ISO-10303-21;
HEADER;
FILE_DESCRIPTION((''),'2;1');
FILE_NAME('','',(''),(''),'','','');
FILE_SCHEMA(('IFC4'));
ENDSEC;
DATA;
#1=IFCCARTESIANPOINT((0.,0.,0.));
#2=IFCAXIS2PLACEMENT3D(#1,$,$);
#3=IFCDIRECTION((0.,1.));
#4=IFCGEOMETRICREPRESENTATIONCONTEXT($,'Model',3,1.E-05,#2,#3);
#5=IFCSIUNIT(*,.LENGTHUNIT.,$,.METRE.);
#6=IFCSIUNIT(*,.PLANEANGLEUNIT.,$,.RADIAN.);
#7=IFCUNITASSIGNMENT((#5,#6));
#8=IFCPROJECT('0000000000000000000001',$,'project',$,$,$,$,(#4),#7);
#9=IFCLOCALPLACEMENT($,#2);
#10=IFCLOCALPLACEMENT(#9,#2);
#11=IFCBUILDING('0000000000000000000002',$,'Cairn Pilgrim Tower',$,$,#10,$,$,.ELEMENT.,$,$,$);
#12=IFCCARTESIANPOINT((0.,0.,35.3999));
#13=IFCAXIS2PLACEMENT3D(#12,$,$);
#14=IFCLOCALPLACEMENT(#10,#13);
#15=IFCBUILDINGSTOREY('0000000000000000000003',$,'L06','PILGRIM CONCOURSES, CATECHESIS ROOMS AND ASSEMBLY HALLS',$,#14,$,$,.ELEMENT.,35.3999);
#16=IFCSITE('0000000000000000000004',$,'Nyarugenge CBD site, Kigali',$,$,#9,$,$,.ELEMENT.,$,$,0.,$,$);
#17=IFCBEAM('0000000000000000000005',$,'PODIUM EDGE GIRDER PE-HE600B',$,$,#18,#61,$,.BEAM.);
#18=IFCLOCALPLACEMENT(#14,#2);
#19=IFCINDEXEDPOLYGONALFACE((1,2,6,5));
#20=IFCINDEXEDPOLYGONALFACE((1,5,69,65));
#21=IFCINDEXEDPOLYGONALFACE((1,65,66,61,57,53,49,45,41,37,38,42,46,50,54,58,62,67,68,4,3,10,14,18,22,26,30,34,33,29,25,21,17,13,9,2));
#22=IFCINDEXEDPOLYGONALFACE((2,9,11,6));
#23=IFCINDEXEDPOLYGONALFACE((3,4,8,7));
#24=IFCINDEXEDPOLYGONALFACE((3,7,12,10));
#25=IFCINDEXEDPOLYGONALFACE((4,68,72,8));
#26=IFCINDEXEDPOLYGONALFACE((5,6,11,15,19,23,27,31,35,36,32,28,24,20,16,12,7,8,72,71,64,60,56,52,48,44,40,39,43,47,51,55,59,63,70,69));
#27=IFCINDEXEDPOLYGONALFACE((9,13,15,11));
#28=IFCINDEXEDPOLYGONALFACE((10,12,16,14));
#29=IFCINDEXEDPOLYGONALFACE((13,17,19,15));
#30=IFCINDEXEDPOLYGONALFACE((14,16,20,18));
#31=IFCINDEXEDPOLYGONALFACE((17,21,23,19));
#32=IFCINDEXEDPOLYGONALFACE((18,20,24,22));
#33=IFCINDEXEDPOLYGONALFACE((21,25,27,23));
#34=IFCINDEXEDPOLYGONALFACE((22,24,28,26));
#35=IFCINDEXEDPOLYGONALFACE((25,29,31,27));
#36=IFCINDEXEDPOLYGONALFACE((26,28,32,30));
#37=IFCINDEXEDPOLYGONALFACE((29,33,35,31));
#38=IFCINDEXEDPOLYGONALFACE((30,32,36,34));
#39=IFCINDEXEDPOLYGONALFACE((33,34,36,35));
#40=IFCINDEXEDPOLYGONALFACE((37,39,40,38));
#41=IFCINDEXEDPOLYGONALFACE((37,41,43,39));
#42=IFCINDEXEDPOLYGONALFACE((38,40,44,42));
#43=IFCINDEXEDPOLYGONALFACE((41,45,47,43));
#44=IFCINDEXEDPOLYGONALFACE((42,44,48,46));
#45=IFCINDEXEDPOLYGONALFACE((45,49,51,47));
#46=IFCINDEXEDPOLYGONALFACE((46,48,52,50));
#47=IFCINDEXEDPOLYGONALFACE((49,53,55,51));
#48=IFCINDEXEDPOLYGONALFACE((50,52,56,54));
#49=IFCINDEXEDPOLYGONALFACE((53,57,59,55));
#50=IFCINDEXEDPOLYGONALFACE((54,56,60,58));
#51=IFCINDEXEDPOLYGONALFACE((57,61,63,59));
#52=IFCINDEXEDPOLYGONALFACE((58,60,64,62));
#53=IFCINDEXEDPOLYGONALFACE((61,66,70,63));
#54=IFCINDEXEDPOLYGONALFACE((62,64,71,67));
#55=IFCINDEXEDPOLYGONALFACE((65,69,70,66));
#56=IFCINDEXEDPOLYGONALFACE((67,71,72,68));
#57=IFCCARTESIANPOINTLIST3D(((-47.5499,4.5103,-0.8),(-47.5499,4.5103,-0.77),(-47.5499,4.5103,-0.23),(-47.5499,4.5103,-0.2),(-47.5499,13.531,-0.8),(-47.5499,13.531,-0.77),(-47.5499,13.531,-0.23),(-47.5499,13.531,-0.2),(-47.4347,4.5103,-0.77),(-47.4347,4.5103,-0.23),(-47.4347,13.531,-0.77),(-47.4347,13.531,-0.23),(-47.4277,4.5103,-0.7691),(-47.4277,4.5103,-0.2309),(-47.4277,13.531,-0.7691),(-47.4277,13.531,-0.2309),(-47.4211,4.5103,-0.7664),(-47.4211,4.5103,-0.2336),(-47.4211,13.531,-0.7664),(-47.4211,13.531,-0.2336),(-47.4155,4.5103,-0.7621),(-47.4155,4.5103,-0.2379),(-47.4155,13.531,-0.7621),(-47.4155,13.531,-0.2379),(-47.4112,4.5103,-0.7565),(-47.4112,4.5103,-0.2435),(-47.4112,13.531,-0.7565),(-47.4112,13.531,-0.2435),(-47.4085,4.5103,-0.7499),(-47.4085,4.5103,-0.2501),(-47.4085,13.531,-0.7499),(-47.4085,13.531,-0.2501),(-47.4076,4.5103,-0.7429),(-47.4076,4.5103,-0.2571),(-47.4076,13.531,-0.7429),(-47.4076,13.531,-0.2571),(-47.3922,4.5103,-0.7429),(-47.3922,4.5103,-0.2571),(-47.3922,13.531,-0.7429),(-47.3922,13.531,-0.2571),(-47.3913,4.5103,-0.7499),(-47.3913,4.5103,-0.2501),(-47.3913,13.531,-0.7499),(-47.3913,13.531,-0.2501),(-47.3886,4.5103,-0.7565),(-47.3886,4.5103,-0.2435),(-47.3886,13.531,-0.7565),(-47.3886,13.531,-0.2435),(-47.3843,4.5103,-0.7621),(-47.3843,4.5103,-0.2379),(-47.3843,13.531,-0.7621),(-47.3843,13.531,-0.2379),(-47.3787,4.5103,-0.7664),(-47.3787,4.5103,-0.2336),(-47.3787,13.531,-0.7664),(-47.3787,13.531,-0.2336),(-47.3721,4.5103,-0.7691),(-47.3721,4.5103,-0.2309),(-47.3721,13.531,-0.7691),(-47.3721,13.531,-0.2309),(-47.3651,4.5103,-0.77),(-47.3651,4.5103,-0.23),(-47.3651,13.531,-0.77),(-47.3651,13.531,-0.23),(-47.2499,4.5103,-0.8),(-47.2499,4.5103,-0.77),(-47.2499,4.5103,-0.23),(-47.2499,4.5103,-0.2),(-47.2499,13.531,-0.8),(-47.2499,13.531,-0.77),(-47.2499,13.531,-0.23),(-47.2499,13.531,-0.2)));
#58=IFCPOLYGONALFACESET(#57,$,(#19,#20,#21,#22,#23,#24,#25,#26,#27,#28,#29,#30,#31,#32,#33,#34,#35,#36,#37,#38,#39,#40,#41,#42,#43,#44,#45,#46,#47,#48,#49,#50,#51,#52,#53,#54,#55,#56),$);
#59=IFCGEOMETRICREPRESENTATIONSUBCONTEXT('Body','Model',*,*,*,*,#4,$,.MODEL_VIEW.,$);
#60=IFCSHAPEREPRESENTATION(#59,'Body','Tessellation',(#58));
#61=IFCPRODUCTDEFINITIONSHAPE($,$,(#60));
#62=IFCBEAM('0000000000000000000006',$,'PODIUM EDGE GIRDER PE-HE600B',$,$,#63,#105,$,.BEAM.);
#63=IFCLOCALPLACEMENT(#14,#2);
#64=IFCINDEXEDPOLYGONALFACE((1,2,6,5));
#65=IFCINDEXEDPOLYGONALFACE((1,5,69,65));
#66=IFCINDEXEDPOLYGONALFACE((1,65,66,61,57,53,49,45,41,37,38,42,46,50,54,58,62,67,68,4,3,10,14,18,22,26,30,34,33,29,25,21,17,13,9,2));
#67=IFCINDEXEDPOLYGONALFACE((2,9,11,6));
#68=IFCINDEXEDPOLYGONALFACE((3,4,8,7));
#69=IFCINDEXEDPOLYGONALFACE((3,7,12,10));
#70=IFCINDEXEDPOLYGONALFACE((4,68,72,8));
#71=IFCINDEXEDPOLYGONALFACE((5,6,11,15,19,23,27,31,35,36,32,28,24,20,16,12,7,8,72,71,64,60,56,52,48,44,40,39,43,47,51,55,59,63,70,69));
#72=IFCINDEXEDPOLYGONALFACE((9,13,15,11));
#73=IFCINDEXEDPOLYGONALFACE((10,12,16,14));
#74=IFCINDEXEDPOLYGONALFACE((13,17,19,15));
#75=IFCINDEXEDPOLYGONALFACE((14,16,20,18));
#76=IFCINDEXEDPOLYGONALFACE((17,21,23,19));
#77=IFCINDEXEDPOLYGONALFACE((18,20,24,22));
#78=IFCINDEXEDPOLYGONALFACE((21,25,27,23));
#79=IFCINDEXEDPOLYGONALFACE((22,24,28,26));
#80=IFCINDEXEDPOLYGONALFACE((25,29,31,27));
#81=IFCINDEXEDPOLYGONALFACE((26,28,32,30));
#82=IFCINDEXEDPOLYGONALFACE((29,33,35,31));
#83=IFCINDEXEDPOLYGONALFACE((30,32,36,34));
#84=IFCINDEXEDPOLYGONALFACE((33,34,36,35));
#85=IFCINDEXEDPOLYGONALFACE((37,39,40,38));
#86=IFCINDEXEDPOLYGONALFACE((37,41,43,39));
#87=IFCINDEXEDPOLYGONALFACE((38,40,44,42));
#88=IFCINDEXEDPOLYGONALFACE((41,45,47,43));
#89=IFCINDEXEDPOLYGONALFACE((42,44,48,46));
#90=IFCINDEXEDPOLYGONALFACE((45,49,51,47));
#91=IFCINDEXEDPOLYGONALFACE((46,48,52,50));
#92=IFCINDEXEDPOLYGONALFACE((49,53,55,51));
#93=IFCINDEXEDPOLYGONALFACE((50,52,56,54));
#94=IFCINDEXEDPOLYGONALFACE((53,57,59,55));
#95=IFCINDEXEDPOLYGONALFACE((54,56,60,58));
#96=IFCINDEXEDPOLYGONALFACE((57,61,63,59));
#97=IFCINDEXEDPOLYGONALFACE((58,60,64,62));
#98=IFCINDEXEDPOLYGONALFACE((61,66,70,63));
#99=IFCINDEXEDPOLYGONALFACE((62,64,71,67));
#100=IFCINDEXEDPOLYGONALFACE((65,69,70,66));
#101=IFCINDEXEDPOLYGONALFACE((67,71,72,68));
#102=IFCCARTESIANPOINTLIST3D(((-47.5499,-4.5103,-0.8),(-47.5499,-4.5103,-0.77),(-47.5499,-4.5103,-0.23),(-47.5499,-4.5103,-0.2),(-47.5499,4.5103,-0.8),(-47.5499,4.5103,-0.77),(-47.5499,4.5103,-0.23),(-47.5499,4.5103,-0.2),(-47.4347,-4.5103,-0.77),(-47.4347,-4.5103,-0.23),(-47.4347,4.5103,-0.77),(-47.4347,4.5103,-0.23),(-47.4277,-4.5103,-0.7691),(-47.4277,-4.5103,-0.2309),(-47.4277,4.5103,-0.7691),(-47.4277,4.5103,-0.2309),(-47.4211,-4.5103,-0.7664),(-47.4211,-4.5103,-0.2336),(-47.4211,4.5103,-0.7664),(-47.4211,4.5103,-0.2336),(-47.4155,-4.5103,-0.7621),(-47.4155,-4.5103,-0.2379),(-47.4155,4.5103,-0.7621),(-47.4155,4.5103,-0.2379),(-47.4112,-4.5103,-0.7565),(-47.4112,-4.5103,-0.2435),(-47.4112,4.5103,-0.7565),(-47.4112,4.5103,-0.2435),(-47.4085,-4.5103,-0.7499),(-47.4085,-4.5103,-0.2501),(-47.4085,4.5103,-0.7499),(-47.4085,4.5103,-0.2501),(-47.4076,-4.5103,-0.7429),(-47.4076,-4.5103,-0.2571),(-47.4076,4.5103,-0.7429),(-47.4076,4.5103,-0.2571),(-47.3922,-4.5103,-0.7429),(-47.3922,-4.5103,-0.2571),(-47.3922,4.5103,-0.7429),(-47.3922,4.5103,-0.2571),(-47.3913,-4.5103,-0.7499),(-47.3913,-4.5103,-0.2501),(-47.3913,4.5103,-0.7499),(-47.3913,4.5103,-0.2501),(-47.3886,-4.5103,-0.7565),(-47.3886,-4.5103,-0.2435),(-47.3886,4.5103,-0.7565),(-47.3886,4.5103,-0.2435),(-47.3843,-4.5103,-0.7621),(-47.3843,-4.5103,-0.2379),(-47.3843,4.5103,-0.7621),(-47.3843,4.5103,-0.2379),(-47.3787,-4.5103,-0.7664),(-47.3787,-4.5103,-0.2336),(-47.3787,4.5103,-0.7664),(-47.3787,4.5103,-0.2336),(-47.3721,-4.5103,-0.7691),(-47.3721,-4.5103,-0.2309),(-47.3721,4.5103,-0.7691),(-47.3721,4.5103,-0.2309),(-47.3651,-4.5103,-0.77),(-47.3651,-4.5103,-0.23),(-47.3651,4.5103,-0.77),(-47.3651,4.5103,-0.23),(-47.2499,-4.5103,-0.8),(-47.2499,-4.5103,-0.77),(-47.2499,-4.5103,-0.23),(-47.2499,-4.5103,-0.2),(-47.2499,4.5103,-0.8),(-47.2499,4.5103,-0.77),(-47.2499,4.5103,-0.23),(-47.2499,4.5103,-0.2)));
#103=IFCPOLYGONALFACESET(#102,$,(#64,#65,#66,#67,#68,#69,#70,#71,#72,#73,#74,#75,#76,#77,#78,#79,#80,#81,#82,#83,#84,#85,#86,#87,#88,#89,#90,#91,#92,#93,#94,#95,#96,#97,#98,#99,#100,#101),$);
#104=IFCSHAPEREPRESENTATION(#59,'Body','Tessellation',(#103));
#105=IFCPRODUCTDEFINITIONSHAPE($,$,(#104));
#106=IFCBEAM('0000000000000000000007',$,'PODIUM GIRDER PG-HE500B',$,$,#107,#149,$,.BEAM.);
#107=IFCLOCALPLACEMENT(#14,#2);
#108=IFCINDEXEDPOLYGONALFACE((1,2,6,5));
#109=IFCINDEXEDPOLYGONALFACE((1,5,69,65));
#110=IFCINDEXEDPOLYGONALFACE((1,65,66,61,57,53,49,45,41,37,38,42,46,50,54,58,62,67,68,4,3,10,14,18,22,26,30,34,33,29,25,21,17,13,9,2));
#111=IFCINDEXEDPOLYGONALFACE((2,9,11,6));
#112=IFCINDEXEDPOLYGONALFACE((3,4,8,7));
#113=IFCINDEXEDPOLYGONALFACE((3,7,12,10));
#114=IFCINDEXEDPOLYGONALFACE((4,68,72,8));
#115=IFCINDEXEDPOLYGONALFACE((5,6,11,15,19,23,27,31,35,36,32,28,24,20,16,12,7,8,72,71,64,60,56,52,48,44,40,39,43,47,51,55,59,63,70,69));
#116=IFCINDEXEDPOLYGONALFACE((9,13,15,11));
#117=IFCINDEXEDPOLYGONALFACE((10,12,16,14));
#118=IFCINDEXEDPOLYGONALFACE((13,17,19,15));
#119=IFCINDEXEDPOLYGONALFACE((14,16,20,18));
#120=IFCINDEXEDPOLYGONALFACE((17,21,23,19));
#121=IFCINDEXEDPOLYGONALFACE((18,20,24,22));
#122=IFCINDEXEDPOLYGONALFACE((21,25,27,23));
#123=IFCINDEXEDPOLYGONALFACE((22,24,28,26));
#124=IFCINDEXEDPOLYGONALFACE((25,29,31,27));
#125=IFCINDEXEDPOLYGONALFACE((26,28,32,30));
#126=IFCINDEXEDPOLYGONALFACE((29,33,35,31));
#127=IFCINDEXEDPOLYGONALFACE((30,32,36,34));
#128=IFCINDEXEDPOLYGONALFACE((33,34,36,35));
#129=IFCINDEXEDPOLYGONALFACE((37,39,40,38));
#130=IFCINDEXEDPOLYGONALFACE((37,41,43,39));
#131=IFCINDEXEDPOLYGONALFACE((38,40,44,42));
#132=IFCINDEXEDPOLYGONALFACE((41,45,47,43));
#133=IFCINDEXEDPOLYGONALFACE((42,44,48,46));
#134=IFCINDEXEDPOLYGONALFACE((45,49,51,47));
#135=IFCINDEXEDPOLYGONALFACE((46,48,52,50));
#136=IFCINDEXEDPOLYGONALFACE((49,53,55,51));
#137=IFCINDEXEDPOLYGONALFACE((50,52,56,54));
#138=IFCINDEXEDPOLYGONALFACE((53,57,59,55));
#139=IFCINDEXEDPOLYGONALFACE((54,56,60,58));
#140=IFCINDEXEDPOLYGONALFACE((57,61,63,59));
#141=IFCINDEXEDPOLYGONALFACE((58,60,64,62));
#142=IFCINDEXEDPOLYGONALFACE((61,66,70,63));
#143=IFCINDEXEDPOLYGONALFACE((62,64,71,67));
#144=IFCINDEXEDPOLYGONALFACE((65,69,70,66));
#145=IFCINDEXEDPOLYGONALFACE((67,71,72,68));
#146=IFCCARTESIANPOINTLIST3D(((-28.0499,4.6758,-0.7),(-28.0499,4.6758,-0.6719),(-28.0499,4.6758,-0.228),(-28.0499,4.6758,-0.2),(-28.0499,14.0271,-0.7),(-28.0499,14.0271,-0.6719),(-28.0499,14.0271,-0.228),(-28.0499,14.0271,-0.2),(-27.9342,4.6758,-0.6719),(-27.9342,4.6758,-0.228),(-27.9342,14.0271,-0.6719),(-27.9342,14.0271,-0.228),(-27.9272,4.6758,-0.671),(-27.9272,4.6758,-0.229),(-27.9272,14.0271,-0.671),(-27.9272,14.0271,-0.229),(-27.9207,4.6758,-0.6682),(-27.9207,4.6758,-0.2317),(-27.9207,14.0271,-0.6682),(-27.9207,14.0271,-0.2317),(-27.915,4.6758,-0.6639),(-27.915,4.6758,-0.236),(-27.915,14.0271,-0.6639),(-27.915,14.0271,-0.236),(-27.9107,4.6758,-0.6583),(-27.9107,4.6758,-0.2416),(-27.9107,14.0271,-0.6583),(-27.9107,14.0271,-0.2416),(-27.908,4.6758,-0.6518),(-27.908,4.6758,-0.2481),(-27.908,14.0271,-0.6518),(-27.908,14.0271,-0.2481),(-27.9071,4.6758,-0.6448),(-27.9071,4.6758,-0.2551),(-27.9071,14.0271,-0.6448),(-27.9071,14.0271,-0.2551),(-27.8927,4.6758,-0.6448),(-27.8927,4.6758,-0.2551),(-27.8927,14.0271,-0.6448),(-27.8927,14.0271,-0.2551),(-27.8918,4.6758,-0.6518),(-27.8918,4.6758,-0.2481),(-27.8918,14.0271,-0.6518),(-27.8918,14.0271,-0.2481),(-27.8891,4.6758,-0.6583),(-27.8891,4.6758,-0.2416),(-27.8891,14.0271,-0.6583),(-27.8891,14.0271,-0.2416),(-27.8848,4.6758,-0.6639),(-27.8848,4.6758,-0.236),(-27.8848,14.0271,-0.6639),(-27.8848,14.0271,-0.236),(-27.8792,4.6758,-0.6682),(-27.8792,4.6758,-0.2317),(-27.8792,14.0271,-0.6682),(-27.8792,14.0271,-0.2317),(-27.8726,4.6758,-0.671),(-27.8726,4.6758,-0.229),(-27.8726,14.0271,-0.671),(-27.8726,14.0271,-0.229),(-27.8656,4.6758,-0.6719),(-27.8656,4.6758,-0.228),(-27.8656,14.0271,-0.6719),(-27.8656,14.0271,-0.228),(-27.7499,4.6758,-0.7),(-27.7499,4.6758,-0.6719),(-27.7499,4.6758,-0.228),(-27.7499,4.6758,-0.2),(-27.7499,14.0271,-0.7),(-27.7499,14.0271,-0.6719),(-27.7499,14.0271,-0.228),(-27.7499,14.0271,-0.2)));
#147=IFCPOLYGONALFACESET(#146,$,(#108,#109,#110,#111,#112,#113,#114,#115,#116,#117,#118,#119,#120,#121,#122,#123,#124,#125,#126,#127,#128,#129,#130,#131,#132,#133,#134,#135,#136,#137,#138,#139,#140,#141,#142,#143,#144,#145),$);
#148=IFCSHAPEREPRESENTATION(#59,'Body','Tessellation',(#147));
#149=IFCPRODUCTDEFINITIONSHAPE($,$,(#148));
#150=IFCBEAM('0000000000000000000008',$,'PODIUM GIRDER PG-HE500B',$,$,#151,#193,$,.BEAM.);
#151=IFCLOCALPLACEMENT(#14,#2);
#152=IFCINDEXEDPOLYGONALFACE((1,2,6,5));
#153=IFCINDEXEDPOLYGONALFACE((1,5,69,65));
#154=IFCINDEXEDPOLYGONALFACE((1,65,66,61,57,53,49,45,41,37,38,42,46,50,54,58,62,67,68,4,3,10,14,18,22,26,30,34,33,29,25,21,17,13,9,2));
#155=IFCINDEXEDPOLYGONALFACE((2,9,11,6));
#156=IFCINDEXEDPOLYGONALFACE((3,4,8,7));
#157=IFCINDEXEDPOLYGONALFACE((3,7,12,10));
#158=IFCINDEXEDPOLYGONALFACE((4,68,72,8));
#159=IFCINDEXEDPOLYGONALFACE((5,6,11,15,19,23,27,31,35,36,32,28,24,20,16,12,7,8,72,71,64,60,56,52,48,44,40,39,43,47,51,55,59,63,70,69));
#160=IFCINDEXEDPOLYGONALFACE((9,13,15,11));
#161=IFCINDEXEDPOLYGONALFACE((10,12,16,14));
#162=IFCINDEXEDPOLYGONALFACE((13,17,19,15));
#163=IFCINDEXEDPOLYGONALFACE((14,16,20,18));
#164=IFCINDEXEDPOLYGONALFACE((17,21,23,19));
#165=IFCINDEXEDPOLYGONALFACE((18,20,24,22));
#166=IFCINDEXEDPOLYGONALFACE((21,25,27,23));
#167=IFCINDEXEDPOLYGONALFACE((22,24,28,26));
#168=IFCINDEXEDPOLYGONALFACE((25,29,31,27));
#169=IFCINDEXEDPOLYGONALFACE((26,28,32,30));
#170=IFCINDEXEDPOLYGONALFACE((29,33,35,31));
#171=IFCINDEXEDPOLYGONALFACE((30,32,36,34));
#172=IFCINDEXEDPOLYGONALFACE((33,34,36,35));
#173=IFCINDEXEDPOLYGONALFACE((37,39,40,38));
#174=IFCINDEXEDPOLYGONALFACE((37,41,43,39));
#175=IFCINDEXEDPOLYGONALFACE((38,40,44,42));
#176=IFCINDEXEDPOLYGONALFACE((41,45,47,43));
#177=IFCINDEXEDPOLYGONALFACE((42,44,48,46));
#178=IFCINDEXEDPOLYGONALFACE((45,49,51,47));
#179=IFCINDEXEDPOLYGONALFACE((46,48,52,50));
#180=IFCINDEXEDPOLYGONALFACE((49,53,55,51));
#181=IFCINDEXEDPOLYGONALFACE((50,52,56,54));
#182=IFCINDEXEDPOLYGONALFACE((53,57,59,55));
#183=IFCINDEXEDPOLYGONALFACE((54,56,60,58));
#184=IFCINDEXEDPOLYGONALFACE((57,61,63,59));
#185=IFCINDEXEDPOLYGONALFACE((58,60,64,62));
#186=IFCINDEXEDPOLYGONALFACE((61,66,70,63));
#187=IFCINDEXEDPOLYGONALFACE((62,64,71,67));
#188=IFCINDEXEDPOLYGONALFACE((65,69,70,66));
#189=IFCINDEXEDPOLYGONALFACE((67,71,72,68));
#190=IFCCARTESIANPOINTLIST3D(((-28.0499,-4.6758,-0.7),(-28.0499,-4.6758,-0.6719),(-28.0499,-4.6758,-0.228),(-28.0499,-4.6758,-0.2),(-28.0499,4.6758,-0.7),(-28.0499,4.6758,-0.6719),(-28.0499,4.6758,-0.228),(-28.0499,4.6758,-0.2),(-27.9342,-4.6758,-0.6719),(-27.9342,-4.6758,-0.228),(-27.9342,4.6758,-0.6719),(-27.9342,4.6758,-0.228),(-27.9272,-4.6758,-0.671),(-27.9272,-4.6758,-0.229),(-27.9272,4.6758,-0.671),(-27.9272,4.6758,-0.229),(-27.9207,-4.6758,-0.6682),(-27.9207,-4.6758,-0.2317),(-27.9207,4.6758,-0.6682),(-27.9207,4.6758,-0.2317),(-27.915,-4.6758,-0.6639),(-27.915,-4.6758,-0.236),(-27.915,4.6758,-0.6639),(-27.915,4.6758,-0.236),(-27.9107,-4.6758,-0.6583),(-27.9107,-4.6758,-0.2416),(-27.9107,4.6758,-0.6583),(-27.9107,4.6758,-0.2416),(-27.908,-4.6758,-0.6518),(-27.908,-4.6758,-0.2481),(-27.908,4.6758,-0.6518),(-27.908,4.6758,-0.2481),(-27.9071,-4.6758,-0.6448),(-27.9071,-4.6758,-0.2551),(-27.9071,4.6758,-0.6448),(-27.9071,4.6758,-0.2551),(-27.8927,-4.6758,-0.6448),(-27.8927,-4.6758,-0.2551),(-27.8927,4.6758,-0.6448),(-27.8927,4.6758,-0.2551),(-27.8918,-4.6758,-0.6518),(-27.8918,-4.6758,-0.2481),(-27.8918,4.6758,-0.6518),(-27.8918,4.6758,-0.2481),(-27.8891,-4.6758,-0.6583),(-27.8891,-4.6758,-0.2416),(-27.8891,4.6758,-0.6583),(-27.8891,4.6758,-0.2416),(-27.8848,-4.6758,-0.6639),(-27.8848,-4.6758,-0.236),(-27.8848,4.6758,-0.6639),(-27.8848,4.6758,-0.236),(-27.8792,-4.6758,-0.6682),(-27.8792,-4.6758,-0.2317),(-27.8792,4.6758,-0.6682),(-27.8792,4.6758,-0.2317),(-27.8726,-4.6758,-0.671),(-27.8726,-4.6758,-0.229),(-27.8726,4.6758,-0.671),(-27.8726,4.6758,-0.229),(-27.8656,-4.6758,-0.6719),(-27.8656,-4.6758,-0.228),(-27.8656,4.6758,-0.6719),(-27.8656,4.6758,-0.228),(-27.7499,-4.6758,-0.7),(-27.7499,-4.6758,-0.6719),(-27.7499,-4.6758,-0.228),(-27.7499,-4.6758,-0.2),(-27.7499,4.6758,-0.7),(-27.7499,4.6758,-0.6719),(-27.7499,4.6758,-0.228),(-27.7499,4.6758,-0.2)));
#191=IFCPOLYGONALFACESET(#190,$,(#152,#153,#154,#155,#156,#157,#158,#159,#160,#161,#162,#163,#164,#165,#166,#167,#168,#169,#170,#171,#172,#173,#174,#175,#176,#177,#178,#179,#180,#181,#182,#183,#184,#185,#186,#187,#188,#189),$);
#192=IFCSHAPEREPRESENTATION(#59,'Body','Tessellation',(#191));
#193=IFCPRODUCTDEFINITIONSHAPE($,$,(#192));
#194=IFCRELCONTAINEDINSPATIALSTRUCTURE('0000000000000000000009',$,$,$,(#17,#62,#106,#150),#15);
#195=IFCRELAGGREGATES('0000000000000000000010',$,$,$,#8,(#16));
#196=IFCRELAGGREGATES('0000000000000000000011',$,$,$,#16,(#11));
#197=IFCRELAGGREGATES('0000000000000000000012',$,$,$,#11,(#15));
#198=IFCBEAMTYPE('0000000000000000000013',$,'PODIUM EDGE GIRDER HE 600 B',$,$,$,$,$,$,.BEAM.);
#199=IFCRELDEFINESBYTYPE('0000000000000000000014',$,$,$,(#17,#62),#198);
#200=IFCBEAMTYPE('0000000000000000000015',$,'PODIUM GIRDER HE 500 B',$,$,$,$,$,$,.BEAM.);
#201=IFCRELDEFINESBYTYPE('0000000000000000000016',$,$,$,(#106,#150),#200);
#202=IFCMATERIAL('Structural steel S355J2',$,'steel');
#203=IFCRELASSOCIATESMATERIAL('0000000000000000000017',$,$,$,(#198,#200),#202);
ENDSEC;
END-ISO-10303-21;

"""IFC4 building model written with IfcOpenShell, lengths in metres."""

from ifc_helpers import new_model, si_unit, direction, frame, origin, origin_2d, place, context, subcontext, project, spatial, i_section, extrude, material, material_profile, profile_set, type_object, element, save


model = new_model("IFC4")

# Units and contexts
model_context = context("Model", 3, precision=1e-05, world=origin(), true_north=direction((0.0, 1.0)))
body_context = subcontext(model_context, "Body", "Model", "MODEL_VIEW")
ifc_project = project(units=[si_unit("LENGTHUNIT", "METRE"), si_unit("PLANEANGLEUNIT", "RADIAN")], contexts=[model_context])

# Site, building, storey
site_placement = place(None, origin())
site = spatial("IfcSite", under=ifc_project, at=site_placement, Name="Nyarugenge CBD site, Kigali", CompositionType="ELEMENT", RefElevation=0.0)
building_placement = place(site_placement, origin())
building = spatial("IfcBuilding", under=site, at=building_placement, Name="Cairn Pilgrim Tower", CompositionType="ELEMENT")
storey_placement = place(building_placement, frame((0.0, 0.0, 35.3999)))
storey = spatial("IfcBuildingStorey", under=building, at=storey_placement, Name="L06", Description="PILGRIM CONCOURSES, CATECHESIS ROOMS AND ASSEMBLY HALLS", CompositionType="ELEMENT", Elevation=35.3999)

# Beams
ifc_material_1 = material(Name="Structural steel S355J2", Category="steel")
ifc_material_profile_1 = material_profile(ifc_material_1, i_section(OverallWidth=0.3, OverallDepth=0.6001, WebThickness=0.0154, FlangeThickness=0.03, FilletRadius=0.0271, at=origin_2d()), Name="HEB 600")
ifc_profile_set_1 = profile_set([ifc_material_profile_1], Name="Structural steel S355J2")
beam_type_1 = type_object("IfcBeamType", Name="PODIUM EDGE GIRDER HE 600 B", PredefinedType="BEAM", material=ifc_profile_set_1)
beam_1_placement = place(storey_placement, frame((-47.3999, 13.531, -0.5), z_axis=(0.0, -1.0, 0.0), x_axis=(1.0, 0.0, 0.0)))
element("IfcBeam", 1, at=beam_1_placement, inside=storey, type_object=beam_type_1, Name="PODIUM EDGE GIRDER PE-HE600B", PredefinedType="BEAM", context=body_context, shape_type="SweptSolid", body=[
    extrude(i_section(OverallWidth=0.3, OverallDepth=0.6001, WebThickness=0.0154, FlangeThickness=0.03, FilletRadius=0.0271, at=origin_2d()), origin(), (0.0, 0.0, 1.0), 9.0208),
])
beam_2_placement = place(storey_placement, frame((-47.3999, 4.5103, -0.5), z_axis=(0.0, -1.0, 0.0), x_axis=(1.0, 0.0, 0.0)))
element("IfcBeam", 2, at=beam_2_placement, inside=storey, type_object=beam_type_1, Name="PODIUM EDGE GIRDER PE-HE600B", PredefinedType="BEAM", context=body_context, shape_type="SweptSolid", body=[
    extrude(i_section(OverallWidth=0.3, OverallDepth=0.6001, WebThickness=0.0154, FlangeThickness=0.03, FilletRadius=0.0271, at=origin_2d()), origin(), (0.0, 0.0, 1.0), 9.0205),
])
ifc_material_profile_2 = material_profile(ifc_material_1, i_section(OverallWidth=0.3, OverallDepth=0.5, WebThickness=0.0144, FlangeThickness=0.0281, FilletRadius=0.0271, at=origin_2d()), Name="HEB 500")
ifc_profile_set_2 = profile_set([ifc_material_profile_2], Name="Structural steel S355J2")
beam_type_2 = type_object("IfcBeamType", Name="PODIUM GIRDER HE 500 B", PredefinedType="BEAM", material=ifc_profile_set_2)
beam_3_placement = place(storey_placement, frame((-27.8999, 14.0271, -0.45), z_axis=(0.0, -1.0, 0.0), x_axis=(1.0, 0.0, 0.0)))
element("IfcBeam", 3, at=beam_3_placement, inside=storey, type_object=beam_type_2, Name="PODIUM GIRDER PG-HE500B", PredefinedType="BEAM", context=body_context, shape_type="SweptSolid", body=[
    extrude(i_section(OverallWidth=0.3, OverallDepth=0.5, WebThickness=0.0144, FlangeThickness=0.0281, FilletRadius=0.0271, at=origin_2d()), origin(), (0.0, 0.0, 1.0), 9.3513),
])
beam_4_placement = place(storey_placement, frame((-27.8999, 4.6758, -0.45), z_axis=(0.0, -1.0, 0.0), x_axis=(1.0, 0.0, 0.0)))
element("IfcBeam", 4, at=beam_4_placement, inside=storey, type_object=beam_type_2, Name="PODIUM GIRDER PG-HE500B", PredefinedType="BEAM", context=body_context, shape_type="SweptSolid", body=[
    extrude(i_section(OverallWidth=0.3, OverallDepth=0.5, WebThickness=0.0144, FlangeThickness=0.0281, FilletRadius=0.0271, at=origin_2d()), origin(), (0.0, 0.0, 1.0), 9.3516),
])

save(model, "model.ifc")
